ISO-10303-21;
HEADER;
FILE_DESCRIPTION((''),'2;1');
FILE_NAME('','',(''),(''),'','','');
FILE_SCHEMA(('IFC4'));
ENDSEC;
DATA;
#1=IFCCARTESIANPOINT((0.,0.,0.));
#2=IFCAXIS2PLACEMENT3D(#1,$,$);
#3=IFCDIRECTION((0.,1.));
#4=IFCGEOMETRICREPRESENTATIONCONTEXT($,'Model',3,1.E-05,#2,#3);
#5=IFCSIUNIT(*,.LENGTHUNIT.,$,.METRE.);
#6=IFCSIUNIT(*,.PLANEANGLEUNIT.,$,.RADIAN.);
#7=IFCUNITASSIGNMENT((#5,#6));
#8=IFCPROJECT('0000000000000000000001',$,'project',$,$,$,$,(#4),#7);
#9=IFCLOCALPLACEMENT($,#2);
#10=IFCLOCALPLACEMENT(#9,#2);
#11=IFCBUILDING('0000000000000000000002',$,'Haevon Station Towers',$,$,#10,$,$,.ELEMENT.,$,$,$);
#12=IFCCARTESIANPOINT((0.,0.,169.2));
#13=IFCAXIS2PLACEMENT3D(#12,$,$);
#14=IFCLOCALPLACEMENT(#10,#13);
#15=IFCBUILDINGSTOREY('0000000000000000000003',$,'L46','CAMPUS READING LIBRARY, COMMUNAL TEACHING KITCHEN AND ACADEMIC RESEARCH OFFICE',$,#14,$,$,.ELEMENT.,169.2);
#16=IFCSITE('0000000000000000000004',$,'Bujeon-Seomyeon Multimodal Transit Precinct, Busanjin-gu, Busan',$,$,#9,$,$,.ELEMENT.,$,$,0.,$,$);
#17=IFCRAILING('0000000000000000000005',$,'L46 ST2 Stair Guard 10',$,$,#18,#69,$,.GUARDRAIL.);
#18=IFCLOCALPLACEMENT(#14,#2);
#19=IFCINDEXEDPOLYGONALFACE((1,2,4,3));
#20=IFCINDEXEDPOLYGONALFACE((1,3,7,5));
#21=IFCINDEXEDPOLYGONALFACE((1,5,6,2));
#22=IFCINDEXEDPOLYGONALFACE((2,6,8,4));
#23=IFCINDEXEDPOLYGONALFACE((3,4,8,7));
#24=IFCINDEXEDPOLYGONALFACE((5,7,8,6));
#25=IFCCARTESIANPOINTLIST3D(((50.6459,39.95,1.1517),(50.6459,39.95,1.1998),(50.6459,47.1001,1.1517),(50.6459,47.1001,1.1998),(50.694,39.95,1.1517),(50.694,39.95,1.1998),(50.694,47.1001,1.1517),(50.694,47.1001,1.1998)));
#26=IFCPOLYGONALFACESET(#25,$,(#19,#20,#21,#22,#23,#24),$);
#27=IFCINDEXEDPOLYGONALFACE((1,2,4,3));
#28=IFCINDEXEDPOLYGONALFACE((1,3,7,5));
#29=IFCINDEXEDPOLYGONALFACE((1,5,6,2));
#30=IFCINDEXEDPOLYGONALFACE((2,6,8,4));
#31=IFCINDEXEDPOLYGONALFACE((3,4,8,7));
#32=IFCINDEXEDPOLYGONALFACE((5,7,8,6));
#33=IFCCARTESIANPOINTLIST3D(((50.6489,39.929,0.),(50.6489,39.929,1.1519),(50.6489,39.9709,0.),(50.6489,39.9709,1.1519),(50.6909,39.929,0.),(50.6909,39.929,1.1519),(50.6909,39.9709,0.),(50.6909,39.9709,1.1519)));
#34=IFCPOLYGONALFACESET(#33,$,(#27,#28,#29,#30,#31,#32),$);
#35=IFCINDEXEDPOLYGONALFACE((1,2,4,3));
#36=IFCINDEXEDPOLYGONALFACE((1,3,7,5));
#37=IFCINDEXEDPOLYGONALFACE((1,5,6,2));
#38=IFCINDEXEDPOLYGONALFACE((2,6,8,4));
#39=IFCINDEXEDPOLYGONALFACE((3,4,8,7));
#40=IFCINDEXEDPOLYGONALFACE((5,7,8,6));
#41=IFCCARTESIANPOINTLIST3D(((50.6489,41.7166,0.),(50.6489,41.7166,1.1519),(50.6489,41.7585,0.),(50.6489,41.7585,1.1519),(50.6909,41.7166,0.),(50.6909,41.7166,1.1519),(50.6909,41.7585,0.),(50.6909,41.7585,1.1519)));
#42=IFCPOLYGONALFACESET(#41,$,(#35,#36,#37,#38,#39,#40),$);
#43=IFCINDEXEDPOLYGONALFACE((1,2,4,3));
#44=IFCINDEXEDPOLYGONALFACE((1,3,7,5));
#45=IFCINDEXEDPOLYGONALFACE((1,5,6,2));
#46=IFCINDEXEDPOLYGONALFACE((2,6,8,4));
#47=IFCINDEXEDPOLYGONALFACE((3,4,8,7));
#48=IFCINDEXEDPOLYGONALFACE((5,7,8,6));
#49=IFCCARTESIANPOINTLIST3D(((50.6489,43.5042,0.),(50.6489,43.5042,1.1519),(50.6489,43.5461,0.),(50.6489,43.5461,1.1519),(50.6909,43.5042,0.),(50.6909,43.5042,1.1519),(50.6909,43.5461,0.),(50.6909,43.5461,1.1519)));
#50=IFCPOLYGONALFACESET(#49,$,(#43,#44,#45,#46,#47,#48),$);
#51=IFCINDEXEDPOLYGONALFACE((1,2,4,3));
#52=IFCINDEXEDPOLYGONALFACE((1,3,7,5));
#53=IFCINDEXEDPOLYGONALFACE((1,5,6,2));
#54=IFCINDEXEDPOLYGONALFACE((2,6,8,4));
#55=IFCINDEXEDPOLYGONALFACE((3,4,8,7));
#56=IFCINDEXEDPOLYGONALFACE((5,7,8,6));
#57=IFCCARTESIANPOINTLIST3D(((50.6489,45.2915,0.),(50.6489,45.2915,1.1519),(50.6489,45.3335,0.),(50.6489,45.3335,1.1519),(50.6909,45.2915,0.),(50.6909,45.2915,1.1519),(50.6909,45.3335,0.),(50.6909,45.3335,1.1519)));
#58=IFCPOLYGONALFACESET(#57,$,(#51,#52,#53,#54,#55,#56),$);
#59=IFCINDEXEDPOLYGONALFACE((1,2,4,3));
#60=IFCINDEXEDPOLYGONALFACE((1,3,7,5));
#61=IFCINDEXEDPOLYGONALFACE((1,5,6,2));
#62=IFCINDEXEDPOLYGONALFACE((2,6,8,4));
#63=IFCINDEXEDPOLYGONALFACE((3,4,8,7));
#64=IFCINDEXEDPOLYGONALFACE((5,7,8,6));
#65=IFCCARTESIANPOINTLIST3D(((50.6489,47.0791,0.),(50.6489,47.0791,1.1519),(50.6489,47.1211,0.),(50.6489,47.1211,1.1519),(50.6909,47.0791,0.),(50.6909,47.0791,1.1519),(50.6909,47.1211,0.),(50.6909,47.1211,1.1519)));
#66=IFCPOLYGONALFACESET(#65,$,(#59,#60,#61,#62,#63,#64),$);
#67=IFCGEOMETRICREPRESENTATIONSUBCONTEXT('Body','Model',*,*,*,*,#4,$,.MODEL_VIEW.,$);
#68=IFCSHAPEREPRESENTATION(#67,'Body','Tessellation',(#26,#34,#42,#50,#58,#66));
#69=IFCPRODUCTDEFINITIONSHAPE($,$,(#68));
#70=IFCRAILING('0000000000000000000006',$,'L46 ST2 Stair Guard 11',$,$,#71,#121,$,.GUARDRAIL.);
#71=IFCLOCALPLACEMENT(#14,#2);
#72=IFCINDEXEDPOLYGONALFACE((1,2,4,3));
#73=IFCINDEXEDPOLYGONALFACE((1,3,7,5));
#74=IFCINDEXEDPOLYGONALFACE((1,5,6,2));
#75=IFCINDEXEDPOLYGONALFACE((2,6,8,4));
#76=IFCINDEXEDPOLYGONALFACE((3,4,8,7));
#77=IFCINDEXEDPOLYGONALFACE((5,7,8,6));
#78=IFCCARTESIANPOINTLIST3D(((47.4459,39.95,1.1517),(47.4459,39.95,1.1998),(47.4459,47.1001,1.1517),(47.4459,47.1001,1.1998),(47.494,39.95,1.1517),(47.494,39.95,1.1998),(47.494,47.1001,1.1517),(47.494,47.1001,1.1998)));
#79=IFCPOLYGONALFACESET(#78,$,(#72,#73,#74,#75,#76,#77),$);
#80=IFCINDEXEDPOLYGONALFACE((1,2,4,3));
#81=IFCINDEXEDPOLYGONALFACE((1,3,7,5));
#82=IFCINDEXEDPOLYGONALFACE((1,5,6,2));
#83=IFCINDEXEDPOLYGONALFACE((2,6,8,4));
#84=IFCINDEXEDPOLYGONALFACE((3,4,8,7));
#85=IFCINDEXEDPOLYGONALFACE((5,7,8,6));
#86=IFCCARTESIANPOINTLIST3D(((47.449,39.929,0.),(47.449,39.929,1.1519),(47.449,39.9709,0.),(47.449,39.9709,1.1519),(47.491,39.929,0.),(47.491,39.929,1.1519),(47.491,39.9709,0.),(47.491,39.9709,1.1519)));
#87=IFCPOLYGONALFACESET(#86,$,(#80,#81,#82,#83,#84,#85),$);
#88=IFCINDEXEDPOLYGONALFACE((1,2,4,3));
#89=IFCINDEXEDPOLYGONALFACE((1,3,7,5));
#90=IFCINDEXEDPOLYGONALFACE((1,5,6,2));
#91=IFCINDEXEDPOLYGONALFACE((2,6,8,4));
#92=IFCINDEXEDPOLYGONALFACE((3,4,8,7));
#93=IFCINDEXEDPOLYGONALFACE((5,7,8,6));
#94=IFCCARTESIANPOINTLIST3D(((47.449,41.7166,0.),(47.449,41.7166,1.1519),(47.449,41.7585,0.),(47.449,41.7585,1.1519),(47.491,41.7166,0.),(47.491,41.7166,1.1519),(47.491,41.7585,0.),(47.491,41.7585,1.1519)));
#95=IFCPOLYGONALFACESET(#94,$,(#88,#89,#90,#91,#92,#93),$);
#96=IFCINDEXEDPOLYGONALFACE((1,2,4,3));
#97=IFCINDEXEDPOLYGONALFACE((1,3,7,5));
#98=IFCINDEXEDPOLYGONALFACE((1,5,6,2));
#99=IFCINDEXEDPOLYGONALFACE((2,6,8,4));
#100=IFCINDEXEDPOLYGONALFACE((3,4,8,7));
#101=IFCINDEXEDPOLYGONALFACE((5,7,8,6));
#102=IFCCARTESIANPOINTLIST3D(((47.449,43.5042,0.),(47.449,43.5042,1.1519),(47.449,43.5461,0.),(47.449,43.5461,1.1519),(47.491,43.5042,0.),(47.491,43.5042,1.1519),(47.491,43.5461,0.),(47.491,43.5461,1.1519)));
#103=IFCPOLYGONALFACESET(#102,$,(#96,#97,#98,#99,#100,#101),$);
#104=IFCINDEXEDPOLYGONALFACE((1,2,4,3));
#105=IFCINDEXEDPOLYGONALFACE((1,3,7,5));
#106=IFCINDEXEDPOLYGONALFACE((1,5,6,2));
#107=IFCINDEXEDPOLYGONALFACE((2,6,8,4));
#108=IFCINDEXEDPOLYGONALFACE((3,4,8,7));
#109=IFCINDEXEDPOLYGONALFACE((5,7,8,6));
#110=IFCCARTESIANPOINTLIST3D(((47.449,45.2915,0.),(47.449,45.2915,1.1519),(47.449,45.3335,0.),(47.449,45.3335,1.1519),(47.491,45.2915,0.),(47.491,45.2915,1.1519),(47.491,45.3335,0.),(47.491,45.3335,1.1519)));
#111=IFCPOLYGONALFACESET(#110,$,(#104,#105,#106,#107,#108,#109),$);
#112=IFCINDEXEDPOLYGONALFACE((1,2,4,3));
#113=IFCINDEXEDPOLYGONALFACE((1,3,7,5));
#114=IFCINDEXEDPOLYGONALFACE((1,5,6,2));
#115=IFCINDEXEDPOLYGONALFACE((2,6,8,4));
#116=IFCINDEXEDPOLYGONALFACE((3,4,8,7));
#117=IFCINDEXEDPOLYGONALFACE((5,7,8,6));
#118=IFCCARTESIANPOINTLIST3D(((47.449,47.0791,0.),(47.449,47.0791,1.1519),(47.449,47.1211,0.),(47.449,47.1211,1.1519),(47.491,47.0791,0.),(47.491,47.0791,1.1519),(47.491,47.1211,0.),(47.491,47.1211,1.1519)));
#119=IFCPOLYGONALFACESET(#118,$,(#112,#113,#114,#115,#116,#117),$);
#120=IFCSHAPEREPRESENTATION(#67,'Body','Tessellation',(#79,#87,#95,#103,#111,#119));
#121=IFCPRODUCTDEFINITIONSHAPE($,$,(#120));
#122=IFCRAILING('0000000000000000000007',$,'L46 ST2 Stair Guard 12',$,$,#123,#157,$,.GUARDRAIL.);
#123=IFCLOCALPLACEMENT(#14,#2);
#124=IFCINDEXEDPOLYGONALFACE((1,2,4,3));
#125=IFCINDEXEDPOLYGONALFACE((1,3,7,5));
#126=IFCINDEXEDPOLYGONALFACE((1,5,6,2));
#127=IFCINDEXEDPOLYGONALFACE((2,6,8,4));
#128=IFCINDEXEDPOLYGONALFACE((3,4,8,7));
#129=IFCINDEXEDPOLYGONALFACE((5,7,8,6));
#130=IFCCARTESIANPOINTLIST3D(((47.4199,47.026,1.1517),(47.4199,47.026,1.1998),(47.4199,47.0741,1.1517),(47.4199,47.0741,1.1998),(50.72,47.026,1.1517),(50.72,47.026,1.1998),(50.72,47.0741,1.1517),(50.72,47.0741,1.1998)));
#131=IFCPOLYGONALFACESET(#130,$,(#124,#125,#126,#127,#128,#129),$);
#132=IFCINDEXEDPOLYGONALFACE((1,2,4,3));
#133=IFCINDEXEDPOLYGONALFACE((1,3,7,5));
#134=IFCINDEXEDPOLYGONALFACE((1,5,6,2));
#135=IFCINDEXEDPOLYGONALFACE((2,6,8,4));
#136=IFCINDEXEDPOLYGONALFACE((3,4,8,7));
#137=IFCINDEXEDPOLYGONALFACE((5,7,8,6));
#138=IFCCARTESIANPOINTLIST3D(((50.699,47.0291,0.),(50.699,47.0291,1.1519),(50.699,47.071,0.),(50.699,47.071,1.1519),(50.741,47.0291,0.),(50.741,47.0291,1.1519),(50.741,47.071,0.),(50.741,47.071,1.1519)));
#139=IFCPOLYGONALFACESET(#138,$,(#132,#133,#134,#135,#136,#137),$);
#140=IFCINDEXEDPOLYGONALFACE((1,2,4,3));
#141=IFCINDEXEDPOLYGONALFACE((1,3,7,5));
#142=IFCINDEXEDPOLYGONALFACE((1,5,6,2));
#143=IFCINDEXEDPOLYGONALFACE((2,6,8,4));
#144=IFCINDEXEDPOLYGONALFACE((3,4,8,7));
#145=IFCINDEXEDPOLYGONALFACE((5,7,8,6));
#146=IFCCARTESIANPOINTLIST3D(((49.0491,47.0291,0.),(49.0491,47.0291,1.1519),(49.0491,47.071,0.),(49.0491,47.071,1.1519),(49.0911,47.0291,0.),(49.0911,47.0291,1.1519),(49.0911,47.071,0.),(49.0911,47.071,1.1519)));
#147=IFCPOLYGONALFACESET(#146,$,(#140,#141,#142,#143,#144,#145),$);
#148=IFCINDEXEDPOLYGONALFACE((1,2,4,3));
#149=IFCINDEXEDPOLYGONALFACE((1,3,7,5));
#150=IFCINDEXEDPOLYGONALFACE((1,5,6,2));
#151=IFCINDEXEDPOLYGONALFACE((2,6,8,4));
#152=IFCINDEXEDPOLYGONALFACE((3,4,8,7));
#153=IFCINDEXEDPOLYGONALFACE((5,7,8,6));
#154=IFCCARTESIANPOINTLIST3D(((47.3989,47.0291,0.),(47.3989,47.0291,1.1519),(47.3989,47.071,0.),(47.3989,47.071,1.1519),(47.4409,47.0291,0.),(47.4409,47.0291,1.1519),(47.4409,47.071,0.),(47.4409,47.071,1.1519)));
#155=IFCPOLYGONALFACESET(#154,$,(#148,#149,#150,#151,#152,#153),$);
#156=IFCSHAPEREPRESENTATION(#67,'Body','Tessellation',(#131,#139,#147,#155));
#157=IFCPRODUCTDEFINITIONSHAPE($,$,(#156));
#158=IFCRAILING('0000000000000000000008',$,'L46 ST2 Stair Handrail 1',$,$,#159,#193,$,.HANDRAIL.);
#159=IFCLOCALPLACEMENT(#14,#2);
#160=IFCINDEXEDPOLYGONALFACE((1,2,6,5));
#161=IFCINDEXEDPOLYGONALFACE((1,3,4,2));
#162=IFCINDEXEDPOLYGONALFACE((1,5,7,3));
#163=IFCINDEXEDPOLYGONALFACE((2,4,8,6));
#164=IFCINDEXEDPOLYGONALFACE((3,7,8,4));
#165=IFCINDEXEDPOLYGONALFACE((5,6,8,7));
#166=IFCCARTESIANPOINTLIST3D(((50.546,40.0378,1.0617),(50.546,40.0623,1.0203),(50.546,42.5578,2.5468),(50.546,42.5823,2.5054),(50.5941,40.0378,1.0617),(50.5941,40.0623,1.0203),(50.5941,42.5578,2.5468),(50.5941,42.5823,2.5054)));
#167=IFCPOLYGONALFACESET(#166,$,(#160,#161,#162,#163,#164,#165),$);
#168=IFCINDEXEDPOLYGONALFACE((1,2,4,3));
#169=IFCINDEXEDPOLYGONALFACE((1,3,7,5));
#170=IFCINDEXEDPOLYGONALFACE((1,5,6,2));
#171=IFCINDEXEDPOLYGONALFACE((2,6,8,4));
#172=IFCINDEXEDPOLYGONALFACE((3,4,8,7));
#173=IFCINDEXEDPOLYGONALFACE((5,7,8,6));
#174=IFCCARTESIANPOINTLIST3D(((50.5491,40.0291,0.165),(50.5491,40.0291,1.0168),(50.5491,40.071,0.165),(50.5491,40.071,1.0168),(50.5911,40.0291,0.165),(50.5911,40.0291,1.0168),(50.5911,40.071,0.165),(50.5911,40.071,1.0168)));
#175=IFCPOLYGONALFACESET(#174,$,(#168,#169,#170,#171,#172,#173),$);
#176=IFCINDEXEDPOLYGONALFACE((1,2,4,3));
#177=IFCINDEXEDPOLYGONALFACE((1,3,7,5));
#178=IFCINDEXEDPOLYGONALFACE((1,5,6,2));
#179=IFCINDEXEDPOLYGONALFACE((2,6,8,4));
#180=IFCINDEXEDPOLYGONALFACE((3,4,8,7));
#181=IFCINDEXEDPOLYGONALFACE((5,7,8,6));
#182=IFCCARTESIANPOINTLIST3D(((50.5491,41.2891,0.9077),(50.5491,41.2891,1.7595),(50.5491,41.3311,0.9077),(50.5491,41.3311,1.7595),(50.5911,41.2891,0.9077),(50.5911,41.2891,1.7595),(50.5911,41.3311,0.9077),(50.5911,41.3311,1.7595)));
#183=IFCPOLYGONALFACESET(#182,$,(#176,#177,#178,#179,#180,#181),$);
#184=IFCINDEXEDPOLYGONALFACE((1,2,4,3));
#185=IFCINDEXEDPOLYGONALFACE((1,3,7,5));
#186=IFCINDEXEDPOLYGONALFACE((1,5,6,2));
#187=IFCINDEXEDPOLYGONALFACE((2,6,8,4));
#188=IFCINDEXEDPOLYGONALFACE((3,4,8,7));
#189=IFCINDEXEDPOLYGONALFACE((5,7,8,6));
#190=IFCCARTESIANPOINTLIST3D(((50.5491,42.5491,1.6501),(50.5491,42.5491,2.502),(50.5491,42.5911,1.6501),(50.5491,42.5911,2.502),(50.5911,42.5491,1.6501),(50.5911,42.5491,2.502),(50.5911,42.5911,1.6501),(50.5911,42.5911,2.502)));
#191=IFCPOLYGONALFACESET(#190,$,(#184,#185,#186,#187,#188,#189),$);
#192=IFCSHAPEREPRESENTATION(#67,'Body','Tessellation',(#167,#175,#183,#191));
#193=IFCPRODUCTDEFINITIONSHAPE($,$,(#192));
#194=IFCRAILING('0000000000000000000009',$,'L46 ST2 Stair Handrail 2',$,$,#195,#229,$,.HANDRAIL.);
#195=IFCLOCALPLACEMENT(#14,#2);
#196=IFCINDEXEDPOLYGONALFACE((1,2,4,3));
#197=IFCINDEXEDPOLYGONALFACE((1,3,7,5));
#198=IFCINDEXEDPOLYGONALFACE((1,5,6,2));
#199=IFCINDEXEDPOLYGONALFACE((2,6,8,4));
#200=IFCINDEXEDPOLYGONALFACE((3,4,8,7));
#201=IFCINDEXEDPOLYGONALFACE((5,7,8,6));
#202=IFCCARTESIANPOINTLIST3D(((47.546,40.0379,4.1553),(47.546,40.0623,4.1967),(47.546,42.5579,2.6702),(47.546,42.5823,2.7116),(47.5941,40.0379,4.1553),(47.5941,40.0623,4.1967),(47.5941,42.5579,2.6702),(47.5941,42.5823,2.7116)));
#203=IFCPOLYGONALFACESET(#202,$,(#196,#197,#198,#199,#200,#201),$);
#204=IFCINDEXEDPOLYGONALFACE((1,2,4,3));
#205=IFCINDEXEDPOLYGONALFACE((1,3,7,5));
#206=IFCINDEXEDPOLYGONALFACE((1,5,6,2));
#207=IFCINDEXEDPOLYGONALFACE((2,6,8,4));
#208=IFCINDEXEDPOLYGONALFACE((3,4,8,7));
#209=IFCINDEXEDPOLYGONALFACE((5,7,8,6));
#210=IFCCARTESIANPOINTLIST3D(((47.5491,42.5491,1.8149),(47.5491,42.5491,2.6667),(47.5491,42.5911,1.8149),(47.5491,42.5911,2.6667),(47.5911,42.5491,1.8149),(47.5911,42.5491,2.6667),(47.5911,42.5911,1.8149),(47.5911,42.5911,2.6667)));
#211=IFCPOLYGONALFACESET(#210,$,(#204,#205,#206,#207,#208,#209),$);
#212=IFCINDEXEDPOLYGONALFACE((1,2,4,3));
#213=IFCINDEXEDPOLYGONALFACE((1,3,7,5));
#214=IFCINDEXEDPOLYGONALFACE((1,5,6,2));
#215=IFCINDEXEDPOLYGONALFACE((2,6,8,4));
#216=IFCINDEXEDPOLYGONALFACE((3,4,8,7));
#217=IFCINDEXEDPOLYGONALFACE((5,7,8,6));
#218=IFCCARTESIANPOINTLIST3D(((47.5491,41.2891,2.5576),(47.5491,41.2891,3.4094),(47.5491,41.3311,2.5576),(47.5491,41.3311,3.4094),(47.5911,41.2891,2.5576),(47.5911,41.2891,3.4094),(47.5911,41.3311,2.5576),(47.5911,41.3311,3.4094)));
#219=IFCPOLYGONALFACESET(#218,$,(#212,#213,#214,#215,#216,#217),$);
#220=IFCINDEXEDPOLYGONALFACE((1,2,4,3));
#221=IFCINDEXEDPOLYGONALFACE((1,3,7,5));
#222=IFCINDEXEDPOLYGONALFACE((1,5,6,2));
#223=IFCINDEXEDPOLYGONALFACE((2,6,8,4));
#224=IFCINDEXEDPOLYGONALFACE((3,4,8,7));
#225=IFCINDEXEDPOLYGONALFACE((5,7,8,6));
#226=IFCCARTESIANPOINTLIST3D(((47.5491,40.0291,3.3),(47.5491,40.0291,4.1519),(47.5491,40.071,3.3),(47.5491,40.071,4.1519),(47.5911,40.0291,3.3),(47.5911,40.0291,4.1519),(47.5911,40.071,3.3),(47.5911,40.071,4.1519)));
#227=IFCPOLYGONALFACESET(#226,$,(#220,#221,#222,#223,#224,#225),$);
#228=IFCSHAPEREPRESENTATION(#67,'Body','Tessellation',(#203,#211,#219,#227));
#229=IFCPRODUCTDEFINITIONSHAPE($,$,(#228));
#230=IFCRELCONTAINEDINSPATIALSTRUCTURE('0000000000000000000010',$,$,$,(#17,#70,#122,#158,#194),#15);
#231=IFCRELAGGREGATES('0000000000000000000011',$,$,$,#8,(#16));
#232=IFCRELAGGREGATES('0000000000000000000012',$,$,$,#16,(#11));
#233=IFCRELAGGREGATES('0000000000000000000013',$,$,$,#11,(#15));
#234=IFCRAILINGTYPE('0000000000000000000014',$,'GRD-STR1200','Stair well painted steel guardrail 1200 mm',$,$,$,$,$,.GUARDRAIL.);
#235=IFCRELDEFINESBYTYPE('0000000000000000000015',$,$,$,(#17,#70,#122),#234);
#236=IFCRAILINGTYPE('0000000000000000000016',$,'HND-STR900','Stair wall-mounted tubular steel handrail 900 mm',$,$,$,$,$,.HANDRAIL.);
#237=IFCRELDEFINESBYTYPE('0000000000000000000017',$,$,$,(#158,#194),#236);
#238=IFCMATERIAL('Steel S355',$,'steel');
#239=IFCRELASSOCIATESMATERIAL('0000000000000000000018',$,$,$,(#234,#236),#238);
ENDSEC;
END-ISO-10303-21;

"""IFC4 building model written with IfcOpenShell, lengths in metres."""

from ifc_helpers import new_model, si_unit, direction, frame, origin, origin_2d, place, context, subcontext, project, spatial, rectangle, extrude, material, type_object, element, save


model = new_model("IFC4")

# Units and contexts
model_context = context("Model", 3, precision=1e-05, world=origin(), true_north=direction((0.0, 1.0)))
body_context = subcontext(model_context, "Body", "Model", "MODEL_VIEW")
ifc_project = project(units=[si_unit("LENGTHUNIT", "METRE"), si_unit("PLANEANGLEUNIT", "RADIAN")], contexts=[model_context])

# Site, building, storey
site_placement = place(None, origin())
site = spatial("IfcSite", under=ifc_project, at=site_placement, Name="Bujeon-Seomyeon Multimodal Transit Precinct, Busanjin-gu, Busan", CompositionType="ELEMENT", RefElevation=0.0)
building_placement = place(site_placement, origin())
building = spatial("IfcBuilding", under=site, at=building_placement, Name="Haevon Station Towers", CompositionType="ELEMENT")
storey_placement = place(building_placement, frame((0.0, 0.0, 169.2)))
storey = spatial("IfcBuildingStorey", under=building, at=storey_placement, Name="L46", Description="CAMPUS READING LIBRARY, COMMUNAL TEACHING KITCHEN AND ACADEMIC RESEARCH OFFICE", CompositionType="ELEMENT", Elevation=169.2)

# Shared definitions
ifc_material_1 = material(Name="Steel S355", Category="steel")

# Railings
railing_type_1 = type_object("IfcRailingType", Name="GRD-STR1200", Description="Stair well painted steel guardrail 1200 mm", PredefinedType="GUARDRAIL", material=ifc_material_1)
for number, where, name in (
    (1, (50.6699, 39.95, 0.0), "L46 ST2 Stair Guard 10"),
    (2, (47.47, 39.95, 0.0), "L46 ST2 Stair Guard 11"),
):
    element("IfcRailing", number, at=place(storey_placement, frame(where)), inside=storey, type_object=railing_type_1, Name=name, PredefinedType="GUARDRAIL", context=body_context, shape_type="SweptSolid", body=[
        extrude(rectangle(XDim=0.0481, YDim=0.0481, at=origin_2d()), frame((0.0, 0.0, 1.1758), z_axis=(0.0, 1.0, 0.0), x_axis=(-1.0, 0.0, 0.0)), (0.0, 0.0, 1.0), 7.1501),
        extrude(rectangle(XDim=0.042, YDim=0.042, at=origin_2d()), origin(), (0.0, 0.0, 1.0), 1.1519),
        extrude(rectangle(XDim=0.042, YDim=0.042, at=origin_2d()), frame((0.0, 1.7876, 0.0)), (0.0, 0.0, 1.0), 1.1519),
        extrude(rectangle(XDim=0.042, YDim=0.042, at=origin_2d()), frame((0.0, 3.5752, 0.0)), (0.0, 0.0, 1.0), 1.1519),
        extrude(rectangle(XDim=0.042, YDim=0.042, at=origin_2d()), frame((0.0, 5.3625, 0.0)), (0.0, 0.0, 1.0), 1.1519),
        extrude(rectangle(XDim=0.042, YDim=0.042, at=origin_2d()), frame((0.0, 7.1501, 0.0)), (0.0, 0.0, 1.0), 1.1519),
    ])
railing_1_placement = place(storey_placement, frame((50.72, 47.05, 0.0)))
element("IfcRailing", 3, at=railing_1_placement, inside=storey, type_object=railing_type_1, Name="L46 ST2 Stair Guard 12", PredefinedType="GUARDRAIL", context=body_context, shape_type="SweptSolid", body=[
    extrude(rectangle(XDim=0.0481, YDim=0.0481, at=origin_2d()), frame((0.0, 0.0, 1.1758), z_axis=(-1.0, 0.0, 0.0), x_axis=(0.0, -1.0, 0.0)), (0.0, 0.0, 1.0), 3.3),
    extrude(rectangle(XDim=0.042, YDim=0.042, at=origin_2d()), origin(), (0.0, 0.0, 1.0), 1.1519),
    extrude(rectangle(XDim=0.042, YDim=0.042, at=origin_2d()), frame((-1.6499, 0.0, 0.0)), (0.0, 0.0, 1.0), 1.1519),
    extrude(rectangle(XDim=0.042, YDim=0.042, at=origin_2d()), frame((-3.3, 0.0, 0.0)), (0.0, 0.0, 1.0), 1.1519),
])
railing_type_2 = type_object("IfcRailingType", Name="HND-STR900", Description="Stair wall-mounted tubular steel handrail 900 mm", PredefinedType="HANDRAIL", material=ifc_material_1)
railing_2_placement = place(storey_placement, frame((50.5701, 40.05, 0.165)))
element("IfcRailing", 4, at=railing_2_placement, inside=storey, type_object=railing_type_2, Name="L46 ST2 Stair Handrail 1", PredefinedType="HANDRAIL", context=body_context, shape_type="SweptSolid", body=[
    extrude(rectangle(XDim=0.0481, YDim=0.0481, at=origin_2d()), frame((0.0, 0.0, 0.876), z_axis=(0.0, 0.861524, 0.507717), x_axis=(-1.0, 0.0, 0.0)), (0.0, 0.0, 1.0), 2.925),
    extrude(rectangle(XDim=0.042, YDim=0.042, at=origin_2d()), origin(), (0.0, 0.0, 1.0), 0.8518),
    extrude(rectangle(XDim=0.042, YDim=0.042, at=origin_2d()), frame((0.0, 1.26, 0.7427)), (0.0, 0.0, 1.0), 0.8518),
    extrude(rectangle(XDim=0.042, YDim=0.042, at=origin_2d()), frame((0.0, 2.52, 1.4851)), (0.0, 0.0, 1.0), 0.8518),
])
railing_3_placement = place(storey_placement, frame((47.5701, 42.5701, 1.8149)))
element("IfcRailing", 5, at=railing_3_placement, inside=storey, type_object=railing_type_2, Name="L46 ST2 Stair Handrail 2", PredefinedType="HANDRAIL", context=body_context, shape_type="SweptSolid", body=[
    extrude(rectangle(XDim=0.0481, YDim=0.0481, at=origin_2d()), frame((0.0, 0.0, 0.876), z_axis=(0.0, -0.861524, 0.507717), x_axis=(1.0, 0.0, 0.0)), (0.0, 0.0, 1.0), 2.925),
    extrude(rectangle(XDim=0.042, YDim=0.042, at=origin_2d()), origin(), (0.0, 0.0, 1.0), 0.8518),
    extrude(rectangle(XDim=0.042, YDim=0.042, at=origin_2d()), frame((0.0, -1.26, 0.7427)), (0.0, 0.0, 1.0), 0.8518),
    extrude(rectangle(XDim=0.042, YDim=0.042, at=origin_2d()), frame((0.0, -2.52, 1.4851)), (0.0, 0.0, 1.0), 0.8518),
])

save(model, "model.ifc")
